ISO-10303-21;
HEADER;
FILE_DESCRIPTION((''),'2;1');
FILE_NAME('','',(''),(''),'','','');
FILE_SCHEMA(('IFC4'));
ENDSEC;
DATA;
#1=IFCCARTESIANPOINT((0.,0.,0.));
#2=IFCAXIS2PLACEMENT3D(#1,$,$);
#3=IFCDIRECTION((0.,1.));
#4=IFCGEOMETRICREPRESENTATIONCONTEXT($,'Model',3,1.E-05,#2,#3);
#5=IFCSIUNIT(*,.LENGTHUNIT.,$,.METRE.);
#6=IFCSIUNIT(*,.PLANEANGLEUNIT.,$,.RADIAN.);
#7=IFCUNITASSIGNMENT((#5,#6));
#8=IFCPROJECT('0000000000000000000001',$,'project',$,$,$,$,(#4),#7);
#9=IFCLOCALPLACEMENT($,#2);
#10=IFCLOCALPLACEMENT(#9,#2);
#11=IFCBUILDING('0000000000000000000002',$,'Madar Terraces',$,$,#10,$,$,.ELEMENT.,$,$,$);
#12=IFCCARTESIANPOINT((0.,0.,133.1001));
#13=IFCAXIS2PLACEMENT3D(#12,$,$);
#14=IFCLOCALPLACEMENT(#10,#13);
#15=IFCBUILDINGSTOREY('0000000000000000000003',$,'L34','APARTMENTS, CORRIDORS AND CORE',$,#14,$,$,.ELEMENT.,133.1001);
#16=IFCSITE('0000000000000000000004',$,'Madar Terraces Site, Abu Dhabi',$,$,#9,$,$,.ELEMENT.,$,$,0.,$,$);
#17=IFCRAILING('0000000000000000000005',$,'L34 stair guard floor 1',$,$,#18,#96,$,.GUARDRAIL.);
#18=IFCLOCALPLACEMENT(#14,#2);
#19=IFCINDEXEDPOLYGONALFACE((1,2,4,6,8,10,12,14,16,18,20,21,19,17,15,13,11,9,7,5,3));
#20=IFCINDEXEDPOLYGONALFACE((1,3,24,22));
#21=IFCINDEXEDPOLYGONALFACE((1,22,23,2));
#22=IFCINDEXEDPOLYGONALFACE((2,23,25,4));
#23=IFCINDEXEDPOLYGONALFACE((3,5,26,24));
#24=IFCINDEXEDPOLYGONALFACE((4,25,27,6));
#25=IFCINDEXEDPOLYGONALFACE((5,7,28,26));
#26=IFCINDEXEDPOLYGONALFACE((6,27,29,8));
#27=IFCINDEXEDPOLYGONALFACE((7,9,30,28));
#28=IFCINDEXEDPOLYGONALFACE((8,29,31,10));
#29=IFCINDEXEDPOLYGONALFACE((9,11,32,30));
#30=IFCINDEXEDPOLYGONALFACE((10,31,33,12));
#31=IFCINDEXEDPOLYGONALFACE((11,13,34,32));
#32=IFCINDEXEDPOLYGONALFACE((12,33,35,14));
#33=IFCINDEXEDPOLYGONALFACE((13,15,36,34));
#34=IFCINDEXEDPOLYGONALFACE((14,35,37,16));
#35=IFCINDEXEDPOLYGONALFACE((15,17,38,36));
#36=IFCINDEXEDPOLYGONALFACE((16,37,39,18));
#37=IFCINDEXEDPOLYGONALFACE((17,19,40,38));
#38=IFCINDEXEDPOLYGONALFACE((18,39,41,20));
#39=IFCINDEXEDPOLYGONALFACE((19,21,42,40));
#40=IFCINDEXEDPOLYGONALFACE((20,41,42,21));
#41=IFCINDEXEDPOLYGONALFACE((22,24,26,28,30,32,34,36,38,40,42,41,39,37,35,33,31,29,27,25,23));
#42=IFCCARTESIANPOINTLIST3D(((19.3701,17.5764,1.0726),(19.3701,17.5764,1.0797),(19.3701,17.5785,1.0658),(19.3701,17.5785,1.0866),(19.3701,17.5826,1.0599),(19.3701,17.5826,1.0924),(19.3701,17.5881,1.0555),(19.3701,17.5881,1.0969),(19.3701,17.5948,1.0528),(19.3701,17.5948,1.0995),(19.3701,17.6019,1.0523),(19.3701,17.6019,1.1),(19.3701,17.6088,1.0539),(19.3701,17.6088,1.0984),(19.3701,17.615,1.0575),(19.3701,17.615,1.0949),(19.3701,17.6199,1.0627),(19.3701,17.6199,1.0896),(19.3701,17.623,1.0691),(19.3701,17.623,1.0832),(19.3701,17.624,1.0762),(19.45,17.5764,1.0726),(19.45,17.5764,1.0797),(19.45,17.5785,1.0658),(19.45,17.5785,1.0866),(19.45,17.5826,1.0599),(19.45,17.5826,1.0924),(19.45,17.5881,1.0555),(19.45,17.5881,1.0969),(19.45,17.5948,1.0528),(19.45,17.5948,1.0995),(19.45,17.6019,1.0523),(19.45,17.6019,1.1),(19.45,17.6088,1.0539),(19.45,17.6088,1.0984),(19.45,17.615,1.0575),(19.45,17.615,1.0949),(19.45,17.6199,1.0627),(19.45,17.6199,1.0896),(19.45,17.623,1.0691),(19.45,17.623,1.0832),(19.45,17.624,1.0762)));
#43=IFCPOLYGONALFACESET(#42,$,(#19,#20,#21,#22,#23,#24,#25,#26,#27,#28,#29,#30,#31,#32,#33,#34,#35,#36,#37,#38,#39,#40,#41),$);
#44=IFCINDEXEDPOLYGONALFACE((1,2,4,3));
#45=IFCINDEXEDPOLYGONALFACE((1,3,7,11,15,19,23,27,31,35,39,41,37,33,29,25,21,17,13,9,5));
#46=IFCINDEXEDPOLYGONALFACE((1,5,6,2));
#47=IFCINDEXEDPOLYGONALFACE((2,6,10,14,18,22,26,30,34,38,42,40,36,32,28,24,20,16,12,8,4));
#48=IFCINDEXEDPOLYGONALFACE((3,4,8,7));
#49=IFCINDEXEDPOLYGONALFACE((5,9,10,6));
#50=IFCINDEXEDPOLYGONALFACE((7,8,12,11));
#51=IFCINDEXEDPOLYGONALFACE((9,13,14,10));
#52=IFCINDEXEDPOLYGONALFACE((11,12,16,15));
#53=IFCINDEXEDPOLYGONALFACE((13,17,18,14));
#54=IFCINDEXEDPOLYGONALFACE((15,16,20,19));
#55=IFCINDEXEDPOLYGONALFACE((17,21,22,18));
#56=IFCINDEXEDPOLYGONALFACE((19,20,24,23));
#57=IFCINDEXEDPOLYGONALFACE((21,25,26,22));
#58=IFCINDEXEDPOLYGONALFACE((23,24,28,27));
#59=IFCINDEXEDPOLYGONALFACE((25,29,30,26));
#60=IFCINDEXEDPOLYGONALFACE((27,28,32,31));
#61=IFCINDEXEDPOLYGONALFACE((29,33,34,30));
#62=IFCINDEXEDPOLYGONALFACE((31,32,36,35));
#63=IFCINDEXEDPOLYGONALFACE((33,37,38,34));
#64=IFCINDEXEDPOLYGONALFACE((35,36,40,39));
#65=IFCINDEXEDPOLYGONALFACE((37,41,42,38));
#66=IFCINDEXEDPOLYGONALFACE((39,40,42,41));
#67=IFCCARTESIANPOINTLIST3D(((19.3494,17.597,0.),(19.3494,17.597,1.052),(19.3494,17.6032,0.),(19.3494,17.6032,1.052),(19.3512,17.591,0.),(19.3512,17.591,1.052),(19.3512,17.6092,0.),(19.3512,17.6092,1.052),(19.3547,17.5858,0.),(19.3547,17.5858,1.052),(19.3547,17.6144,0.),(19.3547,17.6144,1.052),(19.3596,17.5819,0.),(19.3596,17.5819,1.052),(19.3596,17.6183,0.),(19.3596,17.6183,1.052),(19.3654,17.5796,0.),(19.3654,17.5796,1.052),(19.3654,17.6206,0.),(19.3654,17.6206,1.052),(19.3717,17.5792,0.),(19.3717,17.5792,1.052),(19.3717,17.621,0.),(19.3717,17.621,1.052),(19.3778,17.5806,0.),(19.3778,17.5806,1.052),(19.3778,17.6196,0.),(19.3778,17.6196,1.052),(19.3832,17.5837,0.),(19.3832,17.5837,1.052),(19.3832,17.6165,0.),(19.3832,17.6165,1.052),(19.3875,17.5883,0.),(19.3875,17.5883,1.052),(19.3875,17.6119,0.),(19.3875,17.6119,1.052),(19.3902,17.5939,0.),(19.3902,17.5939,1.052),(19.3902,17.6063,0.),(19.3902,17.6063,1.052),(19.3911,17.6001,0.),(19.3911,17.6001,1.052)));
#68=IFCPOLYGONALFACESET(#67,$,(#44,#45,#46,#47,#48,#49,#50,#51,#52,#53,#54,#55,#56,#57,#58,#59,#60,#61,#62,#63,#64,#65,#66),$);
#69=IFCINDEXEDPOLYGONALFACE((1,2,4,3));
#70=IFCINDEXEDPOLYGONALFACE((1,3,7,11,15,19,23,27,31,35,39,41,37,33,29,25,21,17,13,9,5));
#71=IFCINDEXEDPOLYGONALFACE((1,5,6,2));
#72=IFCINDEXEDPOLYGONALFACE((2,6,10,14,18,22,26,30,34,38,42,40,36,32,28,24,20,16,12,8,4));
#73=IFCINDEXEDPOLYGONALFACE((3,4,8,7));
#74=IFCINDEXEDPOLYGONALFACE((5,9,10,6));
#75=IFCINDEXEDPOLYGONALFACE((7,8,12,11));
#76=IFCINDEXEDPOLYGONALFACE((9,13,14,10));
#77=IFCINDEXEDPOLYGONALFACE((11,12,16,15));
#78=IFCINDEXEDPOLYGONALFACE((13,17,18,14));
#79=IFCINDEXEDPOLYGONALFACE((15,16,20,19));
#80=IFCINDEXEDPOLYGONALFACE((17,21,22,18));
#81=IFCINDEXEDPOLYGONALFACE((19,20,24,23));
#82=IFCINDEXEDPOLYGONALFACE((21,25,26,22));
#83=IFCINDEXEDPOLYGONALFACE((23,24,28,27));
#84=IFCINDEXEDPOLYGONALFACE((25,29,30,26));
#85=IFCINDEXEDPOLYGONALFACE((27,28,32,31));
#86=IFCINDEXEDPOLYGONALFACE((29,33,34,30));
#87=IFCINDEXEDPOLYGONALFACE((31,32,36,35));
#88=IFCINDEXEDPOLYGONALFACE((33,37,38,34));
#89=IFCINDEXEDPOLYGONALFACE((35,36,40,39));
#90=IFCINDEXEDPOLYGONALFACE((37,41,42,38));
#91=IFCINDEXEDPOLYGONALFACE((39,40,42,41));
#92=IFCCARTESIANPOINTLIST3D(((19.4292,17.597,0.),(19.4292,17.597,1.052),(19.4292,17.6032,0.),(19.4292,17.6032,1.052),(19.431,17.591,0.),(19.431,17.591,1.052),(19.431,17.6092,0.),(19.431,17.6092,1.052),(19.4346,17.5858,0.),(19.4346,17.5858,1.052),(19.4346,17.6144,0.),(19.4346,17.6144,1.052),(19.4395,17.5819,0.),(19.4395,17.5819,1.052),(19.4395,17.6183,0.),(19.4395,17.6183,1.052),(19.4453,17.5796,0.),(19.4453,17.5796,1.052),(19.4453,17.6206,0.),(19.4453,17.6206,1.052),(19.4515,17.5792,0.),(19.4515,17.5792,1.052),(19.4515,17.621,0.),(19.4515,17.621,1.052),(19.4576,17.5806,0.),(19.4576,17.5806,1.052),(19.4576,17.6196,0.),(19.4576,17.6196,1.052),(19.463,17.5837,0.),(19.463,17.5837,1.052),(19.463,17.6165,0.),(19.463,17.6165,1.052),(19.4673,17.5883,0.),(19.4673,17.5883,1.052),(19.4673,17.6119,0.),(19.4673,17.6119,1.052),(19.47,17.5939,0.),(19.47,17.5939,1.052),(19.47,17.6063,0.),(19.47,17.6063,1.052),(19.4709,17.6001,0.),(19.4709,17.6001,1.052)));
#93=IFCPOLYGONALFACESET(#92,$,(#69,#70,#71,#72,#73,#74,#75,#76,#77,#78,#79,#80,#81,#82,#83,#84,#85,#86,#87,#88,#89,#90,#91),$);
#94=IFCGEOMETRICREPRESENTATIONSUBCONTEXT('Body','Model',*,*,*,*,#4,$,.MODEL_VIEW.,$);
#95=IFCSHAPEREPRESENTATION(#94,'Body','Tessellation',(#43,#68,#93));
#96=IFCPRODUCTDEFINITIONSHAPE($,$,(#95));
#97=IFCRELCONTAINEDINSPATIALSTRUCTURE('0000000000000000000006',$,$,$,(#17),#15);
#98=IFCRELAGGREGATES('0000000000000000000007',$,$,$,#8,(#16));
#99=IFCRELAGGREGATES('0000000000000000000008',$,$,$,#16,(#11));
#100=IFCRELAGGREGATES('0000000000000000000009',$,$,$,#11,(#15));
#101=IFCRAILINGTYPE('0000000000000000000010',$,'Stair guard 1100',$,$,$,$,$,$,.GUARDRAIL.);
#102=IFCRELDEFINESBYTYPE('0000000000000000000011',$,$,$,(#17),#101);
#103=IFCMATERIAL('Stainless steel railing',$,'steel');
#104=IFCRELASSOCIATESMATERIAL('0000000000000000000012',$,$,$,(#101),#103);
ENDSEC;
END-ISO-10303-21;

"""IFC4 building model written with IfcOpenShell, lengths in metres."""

from ifc_helpers import new_model, si_unit, direction, frame, origin, origin_2d, place, context, subcontext, project, spatial, circle, extrude, material, type_object, element, save


model = new_model("IFC4")

# Units and contexts
model_context = context("Model", 3, precision=1e-05, world=origin(), true_north=direction((0.0, 1.0)))
body_context = subcontext(model_context, "Body", "Model", "MODEL_VIEW")
ifc_project = project(units=[si_unit("LENGTHUNIT", "METRE"), si_unit("PLANEANGLEUNIT", "RADIAN")], contexts=[model_context])

# Site, building, storey
site_placement = place(None, origin())
site = spatial("IfcSite", under=ifc_project, at=site_placement, Name="Madar Terraces Site, Abu Dhabi", CompositionType="ELEMENT", RefElevation=0.0)
building_placement = place(site_placement, origin())
building = spatial("IfcBuilding", under=site, at=building_placement, Name="Madar Terraces", CompositionType="ELEMENT")
storey_placement = place(building_placement, frame((0.0, 0.0, 133.1001)))
storey = spatial("IfcBuildingStorey", under=building, at=storey_placement, Name="L34", Description="APARTMENTS, CORRIDORS AND CORE", CompositionType="ELEMENT", Elevation=133.1001)

# Railing
ifc_material_1 = material(Name="Stainless steel railing", Category="steel")
railing_type_1 = type_object("IfcRailingType", Name="Stair guard 1100", PredefinedType="GUARDRAIL", material=ifc_material_1)
for number, where, name in (
    (1, (19.3701, 17.6001, 0.0), "L34 stair guard floor 1"),
):
    element("IfcRailing", number, at=place(storey_placement, frame(where)), inside=storey, type_object=railing_type_1, Name=name, PredefinedType="GUARDRAIL", context=body_context, shape_type="SweptSolid", body=[
        extrude(circle(Radius=0.0239, at=origin_2d()), frame((0.0, 0.0, 1.0762), z_axis=(1.0, 0.0, 0.0), x_axis=(0.0, 1.0, 0.0)), (0.0, 0.0, 1.0), 0.0798),
        extrude(circle(Radius=0.021, at=origin_2d()), origin(), (0.0, 0.0, 1.0), 1.052),
        extrude(circle(Radius=0.021, at=origin_2d()), frame((0.0798, 0.0, 0.0)), (0.0, 0.0, 1.0), 1.052),
    ])

save(model, "model.ifc")
